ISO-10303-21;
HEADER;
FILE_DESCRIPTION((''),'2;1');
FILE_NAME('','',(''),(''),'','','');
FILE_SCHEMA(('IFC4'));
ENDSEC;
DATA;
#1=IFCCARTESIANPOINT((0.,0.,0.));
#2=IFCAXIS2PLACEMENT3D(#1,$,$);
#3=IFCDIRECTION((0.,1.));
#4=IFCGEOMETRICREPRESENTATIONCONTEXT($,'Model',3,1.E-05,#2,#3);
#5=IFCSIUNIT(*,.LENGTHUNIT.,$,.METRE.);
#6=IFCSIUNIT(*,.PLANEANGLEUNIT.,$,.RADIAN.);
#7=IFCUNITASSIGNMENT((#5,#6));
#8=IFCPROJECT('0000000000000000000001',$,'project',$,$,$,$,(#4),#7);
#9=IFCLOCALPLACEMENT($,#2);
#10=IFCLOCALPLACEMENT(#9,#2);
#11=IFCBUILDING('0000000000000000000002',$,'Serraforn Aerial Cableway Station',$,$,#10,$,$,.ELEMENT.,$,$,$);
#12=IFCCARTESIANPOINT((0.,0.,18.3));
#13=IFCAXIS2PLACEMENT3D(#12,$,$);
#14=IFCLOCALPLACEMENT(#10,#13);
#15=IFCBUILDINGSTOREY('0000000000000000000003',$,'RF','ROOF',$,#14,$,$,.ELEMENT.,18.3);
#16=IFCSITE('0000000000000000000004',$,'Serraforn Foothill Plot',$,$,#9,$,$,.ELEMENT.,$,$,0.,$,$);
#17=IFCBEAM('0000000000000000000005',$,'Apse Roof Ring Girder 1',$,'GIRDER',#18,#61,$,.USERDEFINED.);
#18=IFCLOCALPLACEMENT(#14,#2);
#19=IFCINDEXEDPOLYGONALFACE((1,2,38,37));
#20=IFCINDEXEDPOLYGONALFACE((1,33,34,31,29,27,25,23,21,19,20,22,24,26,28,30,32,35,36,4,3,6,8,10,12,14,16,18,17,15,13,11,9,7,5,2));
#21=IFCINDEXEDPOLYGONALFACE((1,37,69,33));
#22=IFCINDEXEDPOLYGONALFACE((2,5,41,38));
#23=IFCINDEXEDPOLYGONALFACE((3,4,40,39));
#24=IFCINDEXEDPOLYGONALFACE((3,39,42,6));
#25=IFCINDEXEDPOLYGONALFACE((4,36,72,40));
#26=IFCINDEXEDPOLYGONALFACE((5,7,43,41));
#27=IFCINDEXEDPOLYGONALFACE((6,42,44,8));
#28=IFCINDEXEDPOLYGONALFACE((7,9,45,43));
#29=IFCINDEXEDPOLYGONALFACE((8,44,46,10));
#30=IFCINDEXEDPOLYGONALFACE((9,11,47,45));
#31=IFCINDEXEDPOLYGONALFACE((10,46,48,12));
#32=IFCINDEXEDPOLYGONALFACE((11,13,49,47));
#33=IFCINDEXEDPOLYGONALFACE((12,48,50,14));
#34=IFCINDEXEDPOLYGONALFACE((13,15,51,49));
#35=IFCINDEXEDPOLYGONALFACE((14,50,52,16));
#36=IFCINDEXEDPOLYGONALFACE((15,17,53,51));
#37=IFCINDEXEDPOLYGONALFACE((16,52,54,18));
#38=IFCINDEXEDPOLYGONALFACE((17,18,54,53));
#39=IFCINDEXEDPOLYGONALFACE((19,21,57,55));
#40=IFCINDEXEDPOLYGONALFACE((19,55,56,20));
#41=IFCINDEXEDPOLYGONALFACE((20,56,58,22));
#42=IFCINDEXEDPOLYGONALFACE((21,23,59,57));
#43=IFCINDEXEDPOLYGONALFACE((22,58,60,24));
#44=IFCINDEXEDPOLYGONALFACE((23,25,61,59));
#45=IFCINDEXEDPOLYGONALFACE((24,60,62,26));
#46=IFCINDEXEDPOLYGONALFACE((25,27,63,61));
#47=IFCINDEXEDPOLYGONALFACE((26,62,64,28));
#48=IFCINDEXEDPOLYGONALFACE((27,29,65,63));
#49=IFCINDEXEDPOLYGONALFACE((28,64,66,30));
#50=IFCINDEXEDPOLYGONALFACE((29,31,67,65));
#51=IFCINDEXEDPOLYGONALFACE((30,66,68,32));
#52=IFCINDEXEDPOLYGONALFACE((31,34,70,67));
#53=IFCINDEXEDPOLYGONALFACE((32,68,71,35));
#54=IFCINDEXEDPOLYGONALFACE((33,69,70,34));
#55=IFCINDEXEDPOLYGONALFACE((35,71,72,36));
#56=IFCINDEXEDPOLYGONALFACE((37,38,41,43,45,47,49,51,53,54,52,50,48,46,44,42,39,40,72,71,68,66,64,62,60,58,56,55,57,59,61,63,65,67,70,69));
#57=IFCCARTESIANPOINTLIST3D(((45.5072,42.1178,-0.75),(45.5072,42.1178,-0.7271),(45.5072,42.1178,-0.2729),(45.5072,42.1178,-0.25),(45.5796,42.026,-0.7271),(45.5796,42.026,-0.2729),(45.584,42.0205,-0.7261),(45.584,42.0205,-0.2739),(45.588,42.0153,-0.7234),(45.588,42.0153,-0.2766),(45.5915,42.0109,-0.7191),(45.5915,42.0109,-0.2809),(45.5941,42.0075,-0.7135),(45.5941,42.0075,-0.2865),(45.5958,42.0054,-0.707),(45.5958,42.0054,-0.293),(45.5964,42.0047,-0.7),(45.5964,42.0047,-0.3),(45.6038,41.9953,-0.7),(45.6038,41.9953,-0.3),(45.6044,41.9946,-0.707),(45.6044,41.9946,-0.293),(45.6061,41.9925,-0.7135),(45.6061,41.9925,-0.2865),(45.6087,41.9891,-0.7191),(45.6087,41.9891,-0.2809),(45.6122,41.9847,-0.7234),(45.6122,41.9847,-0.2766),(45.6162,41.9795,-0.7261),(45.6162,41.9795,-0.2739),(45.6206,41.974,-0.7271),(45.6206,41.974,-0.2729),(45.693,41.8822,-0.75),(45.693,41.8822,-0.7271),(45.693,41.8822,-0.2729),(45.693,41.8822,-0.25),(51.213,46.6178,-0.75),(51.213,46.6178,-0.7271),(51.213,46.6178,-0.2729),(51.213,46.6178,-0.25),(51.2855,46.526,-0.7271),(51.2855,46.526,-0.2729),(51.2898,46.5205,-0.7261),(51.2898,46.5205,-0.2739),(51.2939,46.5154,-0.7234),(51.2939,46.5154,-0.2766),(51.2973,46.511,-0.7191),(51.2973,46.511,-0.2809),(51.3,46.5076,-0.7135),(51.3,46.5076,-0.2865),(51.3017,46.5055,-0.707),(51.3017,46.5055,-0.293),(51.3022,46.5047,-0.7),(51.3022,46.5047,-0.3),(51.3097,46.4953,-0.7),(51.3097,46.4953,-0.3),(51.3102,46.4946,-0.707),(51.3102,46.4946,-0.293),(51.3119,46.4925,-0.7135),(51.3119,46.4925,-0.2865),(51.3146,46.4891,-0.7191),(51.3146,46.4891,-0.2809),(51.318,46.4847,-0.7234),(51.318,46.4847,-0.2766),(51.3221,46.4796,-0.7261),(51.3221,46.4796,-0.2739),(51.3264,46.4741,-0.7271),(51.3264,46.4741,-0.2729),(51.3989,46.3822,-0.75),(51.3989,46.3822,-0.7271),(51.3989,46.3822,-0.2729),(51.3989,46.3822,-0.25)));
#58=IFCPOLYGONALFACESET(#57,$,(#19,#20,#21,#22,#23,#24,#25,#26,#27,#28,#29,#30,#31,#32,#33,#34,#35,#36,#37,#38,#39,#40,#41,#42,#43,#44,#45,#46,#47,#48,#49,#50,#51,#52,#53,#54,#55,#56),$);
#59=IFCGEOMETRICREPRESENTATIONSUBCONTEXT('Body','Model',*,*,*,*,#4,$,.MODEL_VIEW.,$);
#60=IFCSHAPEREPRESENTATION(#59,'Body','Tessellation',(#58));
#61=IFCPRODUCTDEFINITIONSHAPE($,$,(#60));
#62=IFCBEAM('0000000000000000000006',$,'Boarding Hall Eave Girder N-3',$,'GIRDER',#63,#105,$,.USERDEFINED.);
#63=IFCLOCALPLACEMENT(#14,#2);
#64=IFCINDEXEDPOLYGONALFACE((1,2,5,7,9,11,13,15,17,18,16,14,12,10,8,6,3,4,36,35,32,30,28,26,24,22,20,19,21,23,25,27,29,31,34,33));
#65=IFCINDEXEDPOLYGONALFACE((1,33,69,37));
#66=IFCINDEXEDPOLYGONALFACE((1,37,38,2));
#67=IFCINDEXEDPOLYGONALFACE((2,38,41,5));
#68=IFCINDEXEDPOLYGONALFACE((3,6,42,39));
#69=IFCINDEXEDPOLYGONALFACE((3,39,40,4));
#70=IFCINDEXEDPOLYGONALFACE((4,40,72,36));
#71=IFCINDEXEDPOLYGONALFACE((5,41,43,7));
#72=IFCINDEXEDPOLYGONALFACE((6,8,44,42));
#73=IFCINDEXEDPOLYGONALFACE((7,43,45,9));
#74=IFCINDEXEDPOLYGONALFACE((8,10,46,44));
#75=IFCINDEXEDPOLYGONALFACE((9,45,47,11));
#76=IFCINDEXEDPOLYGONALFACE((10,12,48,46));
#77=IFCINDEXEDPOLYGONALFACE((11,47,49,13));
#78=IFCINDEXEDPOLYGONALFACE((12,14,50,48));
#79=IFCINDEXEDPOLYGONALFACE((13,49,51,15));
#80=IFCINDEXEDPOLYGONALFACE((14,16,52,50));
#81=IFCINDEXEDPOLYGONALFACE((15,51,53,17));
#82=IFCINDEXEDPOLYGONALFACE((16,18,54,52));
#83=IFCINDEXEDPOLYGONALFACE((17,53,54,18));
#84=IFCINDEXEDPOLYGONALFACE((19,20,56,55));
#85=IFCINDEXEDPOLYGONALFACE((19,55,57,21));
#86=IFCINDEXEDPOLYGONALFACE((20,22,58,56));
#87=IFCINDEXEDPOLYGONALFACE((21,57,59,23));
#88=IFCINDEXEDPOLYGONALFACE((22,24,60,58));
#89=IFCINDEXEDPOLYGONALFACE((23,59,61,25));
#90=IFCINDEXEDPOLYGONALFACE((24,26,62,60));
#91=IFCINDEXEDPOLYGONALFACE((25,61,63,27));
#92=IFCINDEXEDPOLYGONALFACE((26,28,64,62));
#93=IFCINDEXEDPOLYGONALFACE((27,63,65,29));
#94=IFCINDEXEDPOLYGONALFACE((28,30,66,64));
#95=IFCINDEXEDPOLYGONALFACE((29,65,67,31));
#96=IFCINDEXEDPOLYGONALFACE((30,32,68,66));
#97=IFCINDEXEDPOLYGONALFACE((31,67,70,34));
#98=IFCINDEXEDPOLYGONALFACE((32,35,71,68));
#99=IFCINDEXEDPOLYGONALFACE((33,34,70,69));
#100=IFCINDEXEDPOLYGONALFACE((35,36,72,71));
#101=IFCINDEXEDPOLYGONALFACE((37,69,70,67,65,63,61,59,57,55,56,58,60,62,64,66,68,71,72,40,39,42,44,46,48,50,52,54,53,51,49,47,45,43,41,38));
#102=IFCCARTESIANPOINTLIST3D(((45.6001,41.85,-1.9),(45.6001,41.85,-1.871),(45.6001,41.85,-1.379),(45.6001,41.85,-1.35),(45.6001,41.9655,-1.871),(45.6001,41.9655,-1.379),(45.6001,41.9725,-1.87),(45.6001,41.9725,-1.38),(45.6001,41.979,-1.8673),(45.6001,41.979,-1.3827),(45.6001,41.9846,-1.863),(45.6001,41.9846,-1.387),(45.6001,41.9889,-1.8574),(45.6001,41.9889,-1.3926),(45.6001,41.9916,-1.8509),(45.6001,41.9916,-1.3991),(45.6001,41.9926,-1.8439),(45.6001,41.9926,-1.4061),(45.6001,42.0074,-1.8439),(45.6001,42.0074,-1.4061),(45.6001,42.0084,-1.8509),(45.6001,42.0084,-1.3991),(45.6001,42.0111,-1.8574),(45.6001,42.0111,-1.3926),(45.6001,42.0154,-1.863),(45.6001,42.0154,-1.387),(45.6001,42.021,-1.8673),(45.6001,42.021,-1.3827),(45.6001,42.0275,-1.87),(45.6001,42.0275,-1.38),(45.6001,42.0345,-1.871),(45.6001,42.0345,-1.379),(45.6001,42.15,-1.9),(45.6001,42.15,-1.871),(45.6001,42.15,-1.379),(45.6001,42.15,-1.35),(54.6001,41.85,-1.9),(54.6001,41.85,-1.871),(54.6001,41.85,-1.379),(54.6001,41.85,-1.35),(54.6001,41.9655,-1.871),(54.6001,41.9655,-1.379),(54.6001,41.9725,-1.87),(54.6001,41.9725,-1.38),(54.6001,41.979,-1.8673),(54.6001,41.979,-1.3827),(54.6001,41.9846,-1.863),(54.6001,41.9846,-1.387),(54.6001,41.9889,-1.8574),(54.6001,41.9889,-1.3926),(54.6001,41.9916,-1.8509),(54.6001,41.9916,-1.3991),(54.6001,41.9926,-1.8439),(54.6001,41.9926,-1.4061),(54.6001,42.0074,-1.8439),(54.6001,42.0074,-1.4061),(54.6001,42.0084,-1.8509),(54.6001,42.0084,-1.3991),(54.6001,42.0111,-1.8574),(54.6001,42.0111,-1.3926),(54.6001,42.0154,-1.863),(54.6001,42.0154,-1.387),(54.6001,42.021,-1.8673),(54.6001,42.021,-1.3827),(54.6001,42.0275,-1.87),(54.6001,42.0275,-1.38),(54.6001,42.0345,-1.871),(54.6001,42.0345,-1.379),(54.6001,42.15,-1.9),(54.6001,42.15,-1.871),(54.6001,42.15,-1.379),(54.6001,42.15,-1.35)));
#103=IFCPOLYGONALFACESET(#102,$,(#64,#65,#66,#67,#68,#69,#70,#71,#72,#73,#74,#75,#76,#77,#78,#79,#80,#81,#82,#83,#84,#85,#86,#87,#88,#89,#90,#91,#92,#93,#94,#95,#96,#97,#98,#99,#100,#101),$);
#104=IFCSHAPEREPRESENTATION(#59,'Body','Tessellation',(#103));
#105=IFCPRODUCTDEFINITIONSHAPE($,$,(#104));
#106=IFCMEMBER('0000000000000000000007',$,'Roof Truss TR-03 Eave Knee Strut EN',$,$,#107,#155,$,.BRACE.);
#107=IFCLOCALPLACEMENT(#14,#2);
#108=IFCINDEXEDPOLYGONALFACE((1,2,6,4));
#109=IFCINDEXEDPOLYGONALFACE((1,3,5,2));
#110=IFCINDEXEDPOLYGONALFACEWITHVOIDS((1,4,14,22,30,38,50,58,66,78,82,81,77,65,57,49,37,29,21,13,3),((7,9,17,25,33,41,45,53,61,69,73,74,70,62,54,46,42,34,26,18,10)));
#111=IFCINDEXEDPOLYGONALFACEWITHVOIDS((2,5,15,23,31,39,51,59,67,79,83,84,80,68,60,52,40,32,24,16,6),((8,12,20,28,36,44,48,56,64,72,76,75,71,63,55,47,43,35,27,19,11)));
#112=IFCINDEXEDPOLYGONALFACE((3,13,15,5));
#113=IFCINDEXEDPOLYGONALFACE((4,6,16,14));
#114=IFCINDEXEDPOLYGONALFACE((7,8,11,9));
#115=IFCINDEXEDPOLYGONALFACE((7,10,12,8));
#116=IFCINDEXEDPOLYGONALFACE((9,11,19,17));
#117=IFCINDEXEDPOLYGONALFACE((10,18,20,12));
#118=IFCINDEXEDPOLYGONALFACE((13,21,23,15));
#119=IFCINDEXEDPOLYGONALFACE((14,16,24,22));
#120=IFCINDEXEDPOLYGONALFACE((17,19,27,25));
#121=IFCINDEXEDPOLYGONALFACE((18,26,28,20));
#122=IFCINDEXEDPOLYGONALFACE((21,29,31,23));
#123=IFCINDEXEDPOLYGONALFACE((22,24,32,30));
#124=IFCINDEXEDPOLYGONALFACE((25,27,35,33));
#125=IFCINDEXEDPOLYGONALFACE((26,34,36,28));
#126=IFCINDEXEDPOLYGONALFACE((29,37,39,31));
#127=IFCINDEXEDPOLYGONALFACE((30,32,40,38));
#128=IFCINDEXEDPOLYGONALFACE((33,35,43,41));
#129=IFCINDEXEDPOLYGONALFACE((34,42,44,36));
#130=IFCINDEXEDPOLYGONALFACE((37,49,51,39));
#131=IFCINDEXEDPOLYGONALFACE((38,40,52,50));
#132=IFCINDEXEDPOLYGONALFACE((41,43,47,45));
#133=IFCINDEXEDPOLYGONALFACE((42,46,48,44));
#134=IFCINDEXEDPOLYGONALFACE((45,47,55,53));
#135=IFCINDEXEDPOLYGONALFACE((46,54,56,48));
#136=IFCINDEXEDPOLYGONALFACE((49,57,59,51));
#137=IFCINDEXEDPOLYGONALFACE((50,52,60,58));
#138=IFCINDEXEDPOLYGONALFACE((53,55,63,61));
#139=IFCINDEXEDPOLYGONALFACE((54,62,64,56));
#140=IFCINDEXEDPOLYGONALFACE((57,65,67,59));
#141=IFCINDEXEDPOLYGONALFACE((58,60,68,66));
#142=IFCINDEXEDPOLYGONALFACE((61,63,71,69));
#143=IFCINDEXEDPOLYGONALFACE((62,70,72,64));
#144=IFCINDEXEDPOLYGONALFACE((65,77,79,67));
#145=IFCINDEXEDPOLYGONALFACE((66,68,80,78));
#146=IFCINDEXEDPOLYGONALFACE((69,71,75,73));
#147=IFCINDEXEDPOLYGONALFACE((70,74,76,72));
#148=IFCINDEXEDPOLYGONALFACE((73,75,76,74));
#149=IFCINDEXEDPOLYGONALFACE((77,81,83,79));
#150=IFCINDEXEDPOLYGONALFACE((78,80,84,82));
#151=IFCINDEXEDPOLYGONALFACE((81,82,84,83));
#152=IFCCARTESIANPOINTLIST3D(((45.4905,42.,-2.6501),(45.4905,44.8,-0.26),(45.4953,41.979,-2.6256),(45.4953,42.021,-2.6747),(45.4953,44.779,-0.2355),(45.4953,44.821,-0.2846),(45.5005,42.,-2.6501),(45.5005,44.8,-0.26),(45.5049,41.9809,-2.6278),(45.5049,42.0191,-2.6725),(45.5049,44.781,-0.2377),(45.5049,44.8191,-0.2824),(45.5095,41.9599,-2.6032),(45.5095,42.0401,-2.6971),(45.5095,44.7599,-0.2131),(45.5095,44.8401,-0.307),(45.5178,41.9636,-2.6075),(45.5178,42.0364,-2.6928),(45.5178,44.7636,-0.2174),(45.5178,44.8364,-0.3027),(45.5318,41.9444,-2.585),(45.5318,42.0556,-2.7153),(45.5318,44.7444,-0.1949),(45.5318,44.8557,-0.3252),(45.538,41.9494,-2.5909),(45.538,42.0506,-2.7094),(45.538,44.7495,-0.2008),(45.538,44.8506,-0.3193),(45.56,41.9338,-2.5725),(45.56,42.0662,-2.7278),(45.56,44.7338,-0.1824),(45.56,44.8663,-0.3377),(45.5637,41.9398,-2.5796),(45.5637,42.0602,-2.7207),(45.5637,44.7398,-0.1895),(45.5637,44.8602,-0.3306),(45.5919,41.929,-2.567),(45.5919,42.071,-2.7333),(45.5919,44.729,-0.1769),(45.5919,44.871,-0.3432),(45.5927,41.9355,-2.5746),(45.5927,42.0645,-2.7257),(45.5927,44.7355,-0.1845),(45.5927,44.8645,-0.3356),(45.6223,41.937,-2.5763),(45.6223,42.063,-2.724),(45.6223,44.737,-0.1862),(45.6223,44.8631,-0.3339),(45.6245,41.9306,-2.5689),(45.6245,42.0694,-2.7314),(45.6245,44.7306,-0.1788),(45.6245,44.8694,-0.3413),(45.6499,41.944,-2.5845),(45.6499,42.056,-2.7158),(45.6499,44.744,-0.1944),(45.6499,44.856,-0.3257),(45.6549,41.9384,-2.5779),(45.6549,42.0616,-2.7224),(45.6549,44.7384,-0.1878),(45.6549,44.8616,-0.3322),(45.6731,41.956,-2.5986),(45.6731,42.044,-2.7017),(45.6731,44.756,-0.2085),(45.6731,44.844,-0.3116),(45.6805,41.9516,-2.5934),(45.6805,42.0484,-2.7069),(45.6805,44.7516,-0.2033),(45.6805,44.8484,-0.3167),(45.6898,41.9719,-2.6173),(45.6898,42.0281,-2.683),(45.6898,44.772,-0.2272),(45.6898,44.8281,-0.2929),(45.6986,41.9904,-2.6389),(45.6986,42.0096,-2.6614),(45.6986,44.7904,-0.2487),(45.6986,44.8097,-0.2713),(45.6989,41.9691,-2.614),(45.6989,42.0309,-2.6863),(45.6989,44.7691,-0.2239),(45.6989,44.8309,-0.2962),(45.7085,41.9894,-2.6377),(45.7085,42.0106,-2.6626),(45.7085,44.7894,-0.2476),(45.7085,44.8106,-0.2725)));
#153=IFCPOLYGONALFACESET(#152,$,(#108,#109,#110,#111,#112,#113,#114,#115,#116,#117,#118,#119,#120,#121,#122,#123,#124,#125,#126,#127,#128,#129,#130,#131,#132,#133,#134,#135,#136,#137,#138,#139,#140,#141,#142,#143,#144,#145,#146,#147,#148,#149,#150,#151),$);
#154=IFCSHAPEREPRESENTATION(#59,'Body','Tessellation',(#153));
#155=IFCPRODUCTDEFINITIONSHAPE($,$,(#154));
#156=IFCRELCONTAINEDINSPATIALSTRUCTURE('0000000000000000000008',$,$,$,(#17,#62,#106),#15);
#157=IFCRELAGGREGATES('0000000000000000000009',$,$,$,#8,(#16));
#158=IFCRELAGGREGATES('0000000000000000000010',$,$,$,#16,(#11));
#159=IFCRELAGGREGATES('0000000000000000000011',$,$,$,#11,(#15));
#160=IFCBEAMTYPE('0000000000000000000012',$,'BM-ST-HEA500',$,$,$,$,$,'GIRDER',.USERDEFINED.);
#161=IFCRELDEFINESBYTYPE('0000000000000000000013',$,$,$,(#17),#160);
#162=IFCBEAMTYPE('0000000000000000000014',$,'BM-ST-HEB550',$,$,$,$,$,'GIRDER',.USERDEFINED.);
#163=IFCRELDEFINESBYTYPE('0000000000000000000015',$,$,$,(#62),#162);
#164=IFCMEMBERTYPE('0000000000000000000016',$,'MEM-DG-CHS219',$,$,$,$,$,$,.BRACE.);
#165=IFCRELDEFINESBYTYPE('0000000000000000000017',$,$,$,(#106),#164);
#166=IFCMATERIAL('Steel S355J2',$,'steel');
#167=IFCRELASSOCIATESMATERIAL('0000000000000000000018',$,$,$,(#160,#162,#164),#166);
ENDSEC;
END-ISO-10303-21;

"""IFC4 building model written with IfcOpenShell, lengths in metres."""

from ifc_helpers import new_model, si_unit, direction, frame, origin, origin_2d, place, context, subcontext, project, spatial, hollow_circle, i_section, extrude, material, material_profile, profile_set, type_object, element, save


model = new_model("IFC4")

# Units and contexts
model_context = context("Model", 3, precision=1e-05, world=origin(), true_north=direction((0.0, 1.0)))
body_context = subcontext(model_context, "Body", "Model", "MODEL_VIEW")
ifc_project = project(units=[si_unit("LENGTHUNIT", "METRE"), si_unit("PLANEANGLEUNIT", "RADIAN")], contexts=[model_context])

# Site, building, storey
site_placement = place(None, origin())
site = spatial("IfcSite", under=ifc_project, at=site_placement, Name="Serraforn Foothill Plot", CompositionType="ELEMENT", RefElevation=0.0)
building_placement = place(site_placement, origin())
building = spatial("IfcBuilding", under=site, at=building_placement, Name="Serraforn Aerial Cableway Station", CompositionType="ELEMENT")
storey_placement = place(building_placement, frame((0.0, 0.0, 18.3)))
storey = spatial("IfcBuildingStorey", under=building, at=storey_placement, Name="RF", Description="ROOF", CompositionType="ELEMENT", Elevation=18.3)

# Beams
ifc_material_1 = material(Name="Steel S355J2", Category="steel")
ifc_material_profile_1 = material_profile(ifc_material_1, i_section(OverallWidth=0.3, OverallDepth=0.5, WebThickness=0.012, FlangeThickness=0.0229, FilletRadius=0.0271, at=origin_2d()), Name="HEA 500")
ifc_profile_set_1 = profile_set([ifc_material_profile_1], Name="Steel S355J2")
beam_type_1 = type_object("IfcBeamType", Name="BM-ST-HEA500", ElementType="GIRDER", PredefinedType="USERDEFINED", material=ifc_profile_set_1)
beam_1_placement = place(storey_placement, frame((45.6001, 42.0, -0.5), z_axis=(0.78519, 0.619255, 0.0), x_axis=(-0.619255, 0.78519, 0.0)))
element("IfcBeam", 1, at=beam_1_placement, inside=storey, type_object=beam_type_1, Name="Apse Roof Ring Girder 1", ObjectType="GIRDER", PredefinedType="USERDEFINED", context=body_context, shape_type="SweptSolid", body=[
    extrude(i_section(OverallWidth=0.3, OverallDepth=0.5, WebThickness=0.012, FlangeThickness=0.0229, FilletRadius=0.0271, at=origin_2d()), origin(), (0.0, 0.0, 1.0), 7.2668),
])
ifc_material_profile_2 = material_profile(ifc_material_1, i_section(OverallWidth=0.3, OverallDepth=0.55, WebThickness=0.0149, FlangeThickness=0.0291, FilletRadius=0.0271, at=origin_2d()), Name="HEB 550")
ifc_profile_set_2 = profile_set([ifc_material_profile_2], Name="Steel S355J2")
beam_type_2 = type_object("IfcBeamType", Name="BM-ST-HEB550", ElementType="GIRDER", PredefinedType="USERDEFINED", material=ifc_profile_set_2)
beam_2_placement = place(storey_placement, frame((45.6001, 42.0, -1.625), z_axis=(1.0, 0.0, 0.0), x_axis=(0.0, 1.0, 0.0)))
element("IfcBeam", 2, at=beam_2_placement, inside=storey, type_object=beam_type_2, Name="Boarding Hall Eave Girder N-3", ObjectType="GIRDER", PredefinedType="USERDEFINED", context=body_context, shape_type="SweptSolid", body=[
    extrude(i_section(OverallWidth=0.3, OverallDepth=0.55, WebThickness=0.0149, FlangeThickness=0.0291, FilletRadius=0.0271, at=origin_2d()), origin(), (0.0, 0.0, 1.0), 9.0),
])

# Member
ifc_material_profile_3 = material_profile(ifc_material_1, hollow_circle(Radius=0.1096, WallThickness=0.01, at=origin_2d()), Name="CHS 219.1x10.0")
ifc_profile_set_3 = profile_set([ifc_material_profile_3], Name="Steel S355J2")
member_type_1 = type_object("IfcMemberType", Name="MEM-DG-CHS219", PredefinedType="BRACE", material=ifc_profile_set_3)
member_1_placement = place(storey_placement, frame((45.6001, 42.0, -2.6501), z_axis=(0.0, 0.760584, 0.649239), x_axis=(-1.0, 0.0, 0.0)))
element("IfcMember", 3, at=member_1_placement, inside=storey, type_object=member_type_1, Name="Roof Truss TR-03 Eave Knee Strut EN", PredefinedType="BRACE", context=body_context, shape_type="SweptSolid", body=[
    extrude(hollow_circle(Radius=0.1096, WallThickness=0.01, at=origin_2d()), origin(), (0.0, 0.0, 1.0), 3.6814),
])

save(model, "model.ifc")
